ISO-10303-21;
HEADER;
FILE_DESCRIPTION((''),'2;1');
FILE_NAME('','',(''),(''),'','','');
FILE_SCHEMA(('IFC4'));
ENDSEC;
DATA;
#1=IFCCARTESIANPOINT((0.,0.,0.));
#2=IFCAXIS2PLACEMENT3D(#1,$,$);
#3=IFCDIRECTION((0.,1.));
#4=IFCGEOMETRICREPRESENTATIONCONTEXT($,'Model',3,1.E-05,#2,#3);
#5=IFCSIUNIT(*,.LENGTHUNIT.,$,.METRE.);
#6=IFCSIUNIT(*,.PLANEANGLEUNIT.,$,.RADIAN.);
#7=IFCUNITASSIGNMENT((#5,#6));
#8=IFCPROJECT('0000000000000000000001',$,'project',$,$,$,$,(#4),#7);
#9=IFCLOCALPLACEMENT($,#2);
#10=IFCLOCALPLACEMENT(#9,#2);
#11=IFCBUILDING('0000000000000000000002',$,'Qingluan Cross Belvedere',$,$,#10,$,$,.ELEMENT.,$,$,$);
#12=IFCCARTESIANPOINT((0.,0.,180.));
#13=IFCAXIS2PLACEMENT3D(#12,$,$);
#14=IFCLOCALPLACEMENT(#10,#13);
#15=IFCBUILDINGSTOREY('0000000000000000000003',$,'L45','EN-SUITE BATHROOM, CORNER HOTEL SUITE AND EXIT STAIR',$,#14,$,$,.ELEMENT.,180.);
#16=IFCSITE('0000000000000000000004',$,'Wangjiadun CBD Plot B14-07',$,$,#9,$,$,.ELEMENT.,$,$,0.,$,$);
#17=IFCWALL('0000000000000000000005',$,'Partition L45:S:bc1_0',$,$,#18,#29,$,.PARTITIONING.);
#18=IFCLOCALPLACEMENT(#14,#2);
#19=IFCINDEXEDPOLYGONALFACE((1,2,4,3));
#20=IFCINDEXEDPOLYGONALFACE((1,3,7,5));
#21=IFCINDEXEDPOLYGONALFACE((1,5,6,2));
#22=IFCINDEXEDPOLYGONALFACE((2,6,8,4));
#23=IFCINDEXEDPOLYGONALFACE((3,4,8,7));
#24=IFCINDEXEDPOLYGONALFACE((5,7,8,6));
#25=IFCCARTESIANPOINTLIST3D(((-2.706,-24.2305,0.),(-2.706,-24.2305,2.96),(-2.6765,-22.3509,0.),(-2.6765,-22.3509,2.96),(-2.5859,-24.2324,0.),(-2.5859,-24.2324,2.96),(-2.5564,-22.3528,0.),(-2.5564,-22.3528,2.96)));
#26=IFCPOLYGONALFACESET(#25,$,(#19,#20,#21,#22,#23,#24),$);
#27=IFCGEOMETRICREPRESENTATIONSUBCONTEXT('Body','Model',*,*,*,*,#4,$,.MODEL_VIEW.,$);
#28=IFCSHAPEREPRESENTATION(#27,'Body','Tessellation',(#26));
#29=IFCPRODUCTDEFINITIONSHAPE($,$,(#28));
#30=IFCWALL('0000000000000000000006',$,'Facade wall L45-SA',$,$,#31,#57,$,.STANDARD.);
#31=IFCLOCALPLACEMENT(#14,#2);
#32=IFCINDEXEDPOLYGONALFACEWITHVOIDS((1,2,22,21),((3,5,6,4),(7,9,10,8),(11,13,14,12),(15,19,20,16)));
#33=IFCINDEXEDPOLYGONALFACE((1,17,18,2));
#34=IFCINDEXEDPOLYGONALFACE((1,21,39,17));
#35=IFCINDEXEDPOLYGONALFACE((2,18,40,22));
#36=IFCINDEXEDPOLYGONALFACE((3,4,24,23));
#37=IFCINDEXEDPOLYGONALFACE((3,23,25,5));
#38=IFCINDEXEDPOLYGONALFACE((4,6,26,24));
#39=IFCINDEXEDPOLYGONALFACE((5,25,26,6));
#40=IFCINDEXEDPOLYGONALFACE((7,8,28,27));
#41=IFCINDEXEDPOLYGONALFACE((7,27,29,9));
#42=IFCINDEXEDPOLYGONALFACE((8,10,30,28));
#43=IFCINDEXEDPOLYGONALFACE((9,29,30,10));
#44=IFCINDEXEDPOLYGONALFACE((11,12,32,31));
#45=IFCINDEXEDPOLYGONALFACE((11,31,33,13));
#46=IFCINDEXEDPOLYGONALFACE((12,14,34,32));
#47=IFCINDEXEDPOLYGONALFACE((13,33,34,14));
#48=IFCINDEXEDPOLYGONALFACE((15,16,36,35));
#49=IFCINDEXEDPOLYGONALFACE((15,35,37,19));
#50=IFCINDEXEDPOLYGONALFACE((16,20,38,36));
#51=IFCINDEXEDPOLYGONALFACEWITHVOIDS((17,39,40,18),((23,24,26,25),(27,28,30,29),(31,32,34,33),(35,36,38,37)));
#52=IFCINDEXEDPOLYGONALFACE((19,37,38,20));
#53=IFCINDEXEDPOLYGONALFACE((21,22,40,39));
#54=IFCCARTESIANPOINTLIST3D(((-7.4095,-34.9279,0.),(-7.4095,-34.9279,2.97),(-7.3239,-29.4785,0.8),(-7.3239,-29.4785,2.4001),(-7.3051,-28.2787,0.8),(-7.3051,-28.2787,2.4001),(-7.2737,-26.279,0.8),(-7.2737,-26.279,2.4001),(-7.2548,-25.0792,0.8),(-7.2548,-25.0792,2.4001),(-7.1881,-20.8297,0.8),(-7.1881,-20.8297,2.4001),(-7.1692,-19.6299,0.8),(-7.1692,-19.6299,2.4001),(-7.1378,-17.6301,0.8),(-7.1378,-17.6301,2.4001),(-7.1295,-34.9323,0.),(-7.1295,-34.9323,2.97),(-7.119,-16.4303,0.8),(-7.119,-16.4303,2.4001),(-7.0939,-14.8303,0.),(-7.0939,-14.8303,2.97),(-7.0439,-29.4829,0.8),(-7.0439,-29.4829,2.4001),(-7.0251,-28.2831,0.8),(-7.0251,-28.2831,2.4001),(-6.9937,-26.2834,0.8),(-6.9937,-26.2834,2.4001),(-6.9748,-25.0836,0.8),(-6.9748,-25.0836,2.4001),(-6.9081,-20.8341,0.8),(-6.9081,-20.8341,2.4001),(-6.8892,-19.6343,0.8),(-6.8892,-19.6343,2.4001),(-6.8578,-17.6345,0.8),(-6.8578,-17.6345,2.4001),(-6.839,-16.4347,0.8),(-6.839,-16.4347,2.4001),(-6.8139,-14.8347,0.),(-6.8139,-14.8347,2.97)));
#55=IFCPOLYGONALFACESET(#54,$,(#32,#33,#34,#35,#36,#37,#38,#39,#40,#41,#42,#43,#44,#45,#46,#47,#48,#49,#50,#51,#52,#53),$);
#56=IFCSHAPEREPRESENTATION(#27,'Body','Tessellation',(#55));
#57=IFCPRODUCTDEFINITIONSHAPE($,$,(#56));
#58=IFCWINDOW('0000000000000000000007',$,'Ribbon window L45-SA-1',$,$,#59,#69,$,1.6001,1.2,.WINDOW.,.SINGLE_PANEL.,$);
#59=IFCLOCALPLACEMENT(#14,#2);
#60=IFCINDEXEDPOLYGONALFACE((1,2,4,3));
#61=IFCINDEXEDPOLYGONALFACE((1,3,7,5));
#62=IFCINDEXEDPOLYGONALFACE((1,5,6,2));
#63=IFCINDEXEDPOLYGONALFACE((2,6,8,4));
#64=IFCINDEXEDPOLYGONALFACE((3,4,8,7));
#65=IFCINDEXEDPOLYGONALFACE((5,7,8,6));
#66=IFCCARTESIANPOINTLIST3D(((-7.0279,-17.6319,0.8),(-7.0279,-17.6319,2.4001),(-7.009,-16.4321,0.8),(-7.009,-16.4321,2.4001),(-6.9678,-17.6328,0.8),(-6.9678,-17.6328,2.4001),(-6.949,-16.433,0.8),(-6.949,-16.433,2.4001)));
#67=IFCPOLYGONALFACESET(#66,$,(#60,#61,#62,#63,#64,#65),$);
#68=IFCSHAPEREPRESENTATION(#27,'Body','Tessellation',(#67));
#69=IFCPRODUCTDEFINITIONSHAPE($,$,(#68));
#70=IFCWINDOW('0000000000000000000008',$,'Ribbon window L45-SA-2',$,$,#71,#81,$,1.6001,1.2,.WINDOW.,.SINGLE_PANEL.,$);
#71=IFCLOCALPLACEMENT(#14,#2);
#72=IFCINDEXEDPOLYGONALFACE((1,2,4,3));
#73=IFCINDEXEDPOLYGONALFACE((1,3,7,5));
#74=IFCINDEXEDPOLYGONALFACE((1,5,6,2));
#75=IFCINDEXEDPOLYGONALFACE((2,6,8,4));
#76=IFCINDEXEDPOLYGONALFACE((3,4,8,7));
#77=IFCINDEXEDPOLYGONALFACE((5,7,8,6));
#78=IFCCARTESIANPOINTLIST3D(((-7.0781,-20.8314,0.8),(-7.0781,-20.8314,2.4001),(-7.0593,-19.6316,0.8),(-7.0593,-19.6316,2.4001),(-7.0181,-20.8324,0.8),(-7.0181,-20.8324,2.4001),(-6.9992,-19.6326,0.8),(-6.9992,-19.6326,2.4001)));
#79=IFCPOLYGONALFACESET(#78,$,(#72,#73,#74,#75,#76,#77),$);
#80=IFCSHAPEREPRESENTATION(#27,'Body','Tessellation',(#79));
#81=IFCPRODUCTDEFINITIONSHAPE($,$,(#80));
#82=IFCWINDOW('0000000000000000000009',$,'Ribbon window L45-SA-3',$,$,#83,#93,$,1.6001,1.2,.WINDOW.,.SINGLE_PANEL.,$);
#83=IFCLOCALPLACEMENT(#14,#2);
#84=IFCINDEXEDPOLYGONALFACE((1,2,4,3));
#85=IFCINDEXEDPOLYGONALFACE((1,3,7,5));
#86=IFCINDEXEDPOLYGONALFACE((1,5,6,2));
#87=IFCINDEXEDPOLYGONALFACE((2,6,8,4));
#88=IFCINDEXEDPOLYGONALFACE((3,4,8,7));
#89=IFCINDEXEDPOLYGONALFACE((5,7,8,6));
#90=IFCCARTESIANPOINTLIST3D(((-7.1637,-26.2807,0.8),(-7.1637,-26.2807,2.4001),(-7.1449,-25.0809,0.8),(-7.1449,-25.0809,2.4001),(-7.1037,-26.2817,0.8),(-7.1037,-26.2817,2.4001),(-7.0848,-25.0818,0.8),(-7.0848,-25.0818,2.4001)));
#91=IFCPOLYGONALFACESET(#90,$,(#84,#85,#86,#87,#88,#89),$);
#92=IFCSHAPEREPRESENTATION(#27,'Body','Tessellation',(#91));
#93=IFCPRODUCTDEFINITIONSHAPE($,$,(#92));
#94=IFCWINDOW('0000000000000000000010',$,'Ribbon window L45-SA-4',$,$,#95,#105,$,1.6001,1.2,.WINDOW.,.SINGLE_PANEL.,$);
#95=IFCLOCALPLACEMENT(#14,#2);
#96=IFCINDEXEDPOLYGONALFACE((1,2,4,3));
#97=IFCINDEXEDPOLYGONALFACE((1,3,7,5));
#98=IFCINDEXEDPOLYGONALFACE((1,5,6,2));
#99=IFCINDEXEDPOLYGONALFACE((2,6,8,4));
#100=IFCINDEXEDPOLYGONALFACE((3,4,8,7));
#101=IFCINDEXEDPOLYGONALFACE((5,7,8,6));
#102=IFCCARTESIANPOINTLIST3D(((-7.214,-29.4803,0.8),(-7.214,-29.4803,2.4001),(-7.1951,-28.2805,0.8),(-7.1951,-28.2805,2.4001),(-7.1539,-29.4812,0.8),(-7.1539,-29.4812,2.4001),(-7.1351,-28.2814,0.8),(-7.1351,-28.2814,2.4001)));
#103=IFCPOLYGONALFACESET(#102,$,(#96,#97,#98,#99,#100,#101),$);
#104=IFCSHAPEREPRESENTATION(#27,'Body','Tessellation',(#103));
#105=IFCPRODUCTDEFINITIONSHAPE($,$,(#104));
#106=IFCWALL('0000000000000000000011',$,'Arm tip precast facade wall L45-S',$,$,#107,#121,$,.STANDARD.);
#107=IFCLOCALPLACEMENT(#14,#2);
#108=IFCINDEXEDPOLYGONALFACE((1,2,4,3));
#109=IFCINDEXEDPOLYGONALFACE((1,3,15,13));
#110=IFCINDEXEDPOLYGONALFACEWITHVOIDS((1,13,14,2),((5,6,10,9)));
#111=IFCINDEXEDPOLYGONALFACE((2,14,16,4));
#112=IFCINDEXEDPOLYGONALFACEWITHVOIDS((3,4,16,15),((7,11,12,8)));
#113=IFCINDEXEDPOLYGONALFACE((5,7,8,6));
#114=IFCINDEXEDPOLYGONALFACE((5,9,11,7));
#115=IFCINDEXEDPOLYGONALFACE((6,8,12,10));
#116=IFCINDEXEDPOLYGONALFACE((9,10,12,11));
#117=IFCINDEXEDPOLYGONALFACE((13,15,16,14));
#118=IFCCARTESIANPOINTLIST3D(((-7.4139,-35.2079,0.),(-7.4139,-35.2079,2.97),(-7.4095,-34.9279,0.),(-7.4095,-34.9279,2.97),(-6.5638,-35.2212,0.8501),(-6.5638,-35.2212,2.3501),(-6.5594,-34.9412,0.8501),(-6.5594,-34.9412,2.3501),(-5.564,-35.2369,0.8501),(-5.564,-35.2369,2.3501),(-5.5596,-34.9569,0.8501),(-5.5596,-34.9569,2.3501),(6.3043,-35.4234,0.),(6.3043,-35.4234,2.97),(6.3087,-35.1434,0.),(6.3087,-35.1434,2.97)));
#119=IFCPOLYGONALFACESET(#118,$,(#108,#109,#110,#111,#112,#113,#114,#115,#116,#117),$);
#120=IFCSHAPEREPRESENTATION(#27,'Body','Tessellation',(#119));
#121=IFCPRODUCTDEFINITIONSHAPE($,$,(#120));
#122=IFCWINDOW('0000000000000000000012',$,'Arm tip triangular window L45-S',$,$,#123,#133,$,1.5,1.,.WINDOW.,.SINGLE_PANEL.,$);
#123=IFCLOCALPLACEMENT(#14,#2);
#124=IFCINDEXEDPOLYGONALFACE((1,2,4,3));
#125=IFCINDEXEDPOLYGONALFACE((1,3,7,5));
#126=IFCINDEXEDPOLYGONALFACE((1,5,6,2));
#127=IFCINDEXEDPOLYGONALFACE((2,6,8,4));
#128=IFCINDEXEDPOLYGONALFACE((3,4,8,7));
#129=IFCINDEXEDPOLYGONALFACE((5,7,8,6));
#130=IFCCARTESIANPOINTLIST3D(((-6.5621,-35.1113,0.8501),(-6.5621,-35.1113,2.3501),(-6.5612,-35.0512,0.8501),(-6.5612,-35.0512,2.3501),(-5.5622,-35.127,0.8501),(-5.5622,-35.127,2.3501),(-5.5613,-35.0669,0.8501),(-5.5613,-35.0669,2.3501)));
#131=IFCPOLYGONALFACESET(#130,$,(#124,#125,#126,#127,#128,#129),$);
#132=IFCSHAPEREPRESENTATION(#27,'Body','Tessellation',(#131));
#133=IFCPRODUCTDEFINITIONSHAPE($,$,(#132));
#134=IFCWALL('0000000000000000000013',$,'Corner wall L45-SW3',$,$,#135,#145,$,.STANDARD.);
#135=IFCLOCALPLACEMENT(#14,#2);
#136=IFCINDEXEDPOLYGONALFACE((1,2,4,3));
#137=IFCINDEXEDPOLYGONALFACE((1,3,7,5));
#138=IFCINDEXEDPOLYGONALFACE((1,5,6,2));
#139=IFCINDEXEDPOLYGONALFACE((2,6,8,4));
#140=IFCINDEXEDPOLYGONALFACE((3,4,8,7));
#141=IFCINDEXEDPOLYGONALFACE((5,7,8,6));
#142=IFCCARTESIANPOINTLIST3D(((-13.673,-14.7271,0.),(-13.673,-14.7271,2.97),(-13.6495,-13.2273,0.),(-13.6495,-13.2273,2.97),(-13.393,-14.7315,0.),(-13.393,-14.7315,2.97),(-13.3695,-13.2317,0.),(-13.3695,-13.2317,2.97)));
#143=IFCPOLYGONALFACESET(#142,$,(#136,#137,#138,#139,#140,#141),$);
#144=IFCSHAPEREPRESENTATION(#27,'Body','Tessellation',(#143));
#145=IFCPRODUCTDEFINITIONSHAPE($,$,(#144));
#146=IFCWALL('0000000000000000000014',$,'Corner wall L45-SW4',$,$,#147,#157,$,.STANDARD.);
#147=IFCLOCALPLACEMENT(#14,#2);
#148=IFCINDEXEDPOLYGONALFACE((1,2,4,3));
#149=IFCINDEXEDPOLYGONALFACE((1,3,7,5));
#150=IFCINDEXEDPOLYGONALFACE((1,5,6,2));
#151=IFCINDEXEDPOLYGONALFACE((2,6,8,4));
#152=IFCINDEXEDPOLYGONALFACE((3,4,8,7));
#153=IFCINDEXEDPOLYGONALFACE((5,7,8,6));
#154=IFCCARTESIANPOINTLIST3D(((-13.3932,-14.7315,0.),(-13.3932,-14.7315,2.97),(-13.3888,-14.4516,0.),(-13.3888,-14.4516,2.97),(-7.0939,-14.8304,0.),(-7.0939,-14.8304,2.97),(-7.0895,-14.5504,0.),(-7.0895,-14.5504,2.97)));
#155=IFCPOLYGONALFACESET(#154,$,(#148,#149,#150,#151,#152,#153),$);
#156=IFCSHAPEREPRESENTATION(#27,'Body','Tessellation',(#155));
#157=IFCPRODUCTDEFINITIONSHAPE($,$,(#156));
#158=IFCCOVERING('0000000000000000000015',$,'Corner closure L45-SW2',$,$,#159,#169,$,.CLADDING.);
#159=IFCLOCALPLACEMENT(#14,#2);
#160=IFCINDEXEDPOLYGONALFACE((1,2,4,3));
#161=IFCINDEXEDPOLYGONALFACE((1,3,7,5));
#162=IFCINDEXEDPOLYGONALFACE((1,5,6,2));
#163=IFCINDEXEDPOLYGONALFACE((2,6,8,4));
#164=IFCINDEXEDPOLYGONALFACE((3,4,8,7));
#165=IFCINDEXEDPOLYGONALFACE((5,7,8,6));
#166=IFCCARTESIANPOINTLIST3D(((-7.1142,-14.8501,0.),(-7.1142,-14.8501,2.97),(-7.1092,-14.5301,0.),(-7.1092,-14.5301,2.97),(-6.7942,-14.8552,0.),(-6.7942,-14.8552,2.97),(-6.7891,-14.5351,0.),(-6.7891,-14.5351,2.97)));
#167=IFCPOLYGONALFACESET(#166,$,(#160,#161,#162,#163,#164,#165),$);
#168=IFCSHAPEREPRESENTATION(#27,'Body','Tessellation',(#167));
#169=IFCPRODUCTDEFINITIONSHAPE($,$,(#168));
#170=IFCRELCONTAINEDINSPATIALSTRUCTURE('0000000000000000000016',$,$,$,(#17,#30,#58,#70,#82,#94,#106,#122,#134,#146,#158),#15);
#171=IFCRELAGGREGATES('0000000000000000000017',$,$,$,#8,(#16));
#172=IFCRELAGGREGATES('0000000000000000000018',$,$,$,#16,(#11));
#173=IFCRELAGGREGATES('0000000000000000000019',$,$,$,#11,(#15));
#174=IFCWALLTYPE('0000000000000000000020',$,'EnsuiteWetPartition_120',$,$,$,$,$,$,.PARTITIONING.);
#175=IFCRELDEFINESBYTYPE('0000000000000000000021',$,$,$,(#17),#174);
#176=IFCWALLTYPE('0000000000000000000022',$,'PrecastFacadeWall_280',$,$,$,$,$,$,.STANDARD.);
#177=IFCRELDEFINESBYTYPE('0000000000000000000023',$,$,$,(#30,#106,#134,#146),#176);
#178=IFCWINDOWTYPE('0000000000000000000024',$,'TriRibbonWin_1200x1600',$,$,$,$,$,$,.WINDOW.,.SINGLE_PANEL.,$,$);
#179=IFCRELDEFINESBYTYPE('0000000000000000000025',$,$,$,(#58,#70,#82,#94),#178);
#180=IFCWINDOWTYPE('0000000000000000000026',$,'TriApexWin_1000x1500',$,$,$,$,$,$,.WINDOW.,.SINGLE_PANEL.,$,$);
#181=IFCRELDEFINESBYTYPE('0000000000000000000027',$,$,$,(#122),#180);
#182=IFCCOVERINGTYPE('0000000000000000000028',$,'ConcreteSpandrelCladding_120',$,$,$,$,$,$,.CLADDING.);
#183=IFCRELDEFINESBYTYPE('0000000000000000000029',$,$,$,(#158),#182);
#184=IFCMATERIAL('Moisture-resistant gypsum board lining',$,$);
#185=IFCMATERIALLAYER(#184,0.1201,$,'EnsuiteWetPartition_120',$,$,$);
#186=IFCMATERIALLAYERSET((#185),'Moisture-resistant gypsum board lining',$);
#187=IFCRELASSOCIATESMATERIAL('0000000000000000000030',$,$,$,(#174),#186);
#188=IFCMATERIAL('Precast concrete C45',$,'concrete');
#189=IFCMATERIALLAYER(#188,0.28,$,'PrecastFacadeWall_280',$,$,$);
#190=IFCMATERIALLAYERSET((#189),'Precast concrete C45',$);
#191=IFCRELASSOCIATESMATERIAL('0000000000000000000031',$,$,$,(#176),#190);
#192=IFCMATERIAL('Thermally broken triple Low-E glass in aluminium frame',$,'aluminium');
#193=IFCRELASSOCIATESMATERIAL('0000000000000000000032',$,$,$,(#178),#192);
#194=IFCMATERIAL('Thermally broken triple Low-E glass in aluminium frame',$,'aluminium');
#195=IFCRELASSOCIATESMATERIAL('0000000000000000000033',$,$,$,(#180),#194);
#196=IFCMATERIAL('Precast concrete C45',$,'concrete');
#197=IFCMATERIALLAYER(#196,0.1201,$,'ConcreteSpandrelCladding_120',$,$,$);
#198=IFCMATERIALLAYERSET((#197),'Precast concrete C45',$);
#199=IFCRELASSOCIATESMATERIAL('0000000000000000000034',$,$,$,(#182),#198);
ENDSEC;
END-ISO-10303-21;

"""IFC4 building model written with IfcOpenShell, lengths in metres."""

from ifc_helpers import new_model, si_unit, direction, frame, frame_2d, origin, origin_2d, place, context, subcontext, project, spatial, rectangle, extrude, material, layer, layer_set, type_object, element, fill, save


model = new_model("IFC4")

# Units and contexts
model_context = context("Model", 3, precision=1e-05, world=origin(), true_north=direction((0.0, 1.0)))
body_context = subcontext(model_context, "Body", "Model", "MODEL_VIEW")
ifc_project = project(units=[si_unit("LENGTHUNIT", "METRE"), si_unit("PLANEANGLEUNIT", "RADIAN")], contexts=[model_context])

# Site, building, storey
site_placement = place(None, origin())
site = spatial("IfcSite", under=ifc_project, at=site_placement, Name="Wangjiadun CBD Plot B14-07", CompositionType="ELEMENT", RefElevation=0.0)
building_placement = place(site_placement, origin())
building = spatial("IfcBuilding", under=site, at=building_placement, Name="Qingluan Cross Belvedere", CompositionType="ELEMENT")
storey_placement = place(building_placement, frame((0.0, 0.0, 180.0)))
storey = spatial("IfcBuildingStorey", under=building, at=storey_placement, Name="L45", Description="EN-SUITE BATHROOM, CORNER HOTEL SUITE AND EXIT STAIR", CompositionType="ELEMENT", Elevation=180.0)

# Wall
ifc_material_1 = material(Name="Moisture-resistant gypsum board lining")
ifc_layer_1 = layer(ifc_material_1, 0.1201, Name="EnsuiteWetPartition_120")
ifc_layer_set_1 = layer_set([ifc_layer_1], Name="Moisture-resistant gypsum board lining")
wall_type_1 = type_object("IfcWallType", Name="EnsuiteWetPartition_120", PredefinedType="PARTITIONING", material=ifc_layer_set_1)
wall_1_placement = place(storey_placement, frame((-2.6165, -22.3518, 0.0), z_axis=(0.0, 0.0, 1.0), x_axis=(-0.015714, -0.999877, 0.0)))
element("IfcWall", 1, at=wall_1_placement, inside=storey, type_object=wall_type_1, Name="Partition L45:S:bc1_0", PredefinedType="PARTITIONING", context=body_context, shape_type="SweptSolid", body=[
    extrude(rectangle(XDim=1.8799, YDim=0.1201, at=frame_2d((0.9399, 0.0))), origin(), (0.0, 0.0, 1.0), 2.96),
])

# Wall, openings, windows
ifc_material_2 = material(Name="Precast concrete C45", Category="concrete")
ifc_layer_2 = layer(ifc_material_2, 0.28, Name="PrecastFacadeWall_280")
ifc_layer_set_2 = layer_set([ifc_layer_2], Name="Precast concrete C45")
wall_type_2 = type_object("IfcWallType", Name="PrecastFacadeWall_280", PredefinedType="STANDARD", material=ifc_layer_set_2)
wall_2_placement = place(storey_placement, frame((-6.9539, -14.8325, 0.0), z_axis=(0.0, 0.0, 1.0), x_axis=(-0.015705, -0.999877, 0.0)))
wall_2 = element("IfcWall", 2, at=wall_2_placement, inside=storey, type_object=wall_type_2, Name="Facade wall L45-SA", PredefinedType="STANDARD", context=body_context, shape_type="SweptSolid", body=[
    extrude(rectangle(XDim=20.1001, YDim=0.28, at=frame_2d((10.05, 0.0))), origin(), (0.0, 0.0, 1.0), 2.97),
])
opening_1_placement = place(wall_2_placement, frame((1.6001, 0.0, 0.8)))
opening_1 = element("IfcOpeningElement", 3, at=opening_1_placement, cuts=wall_2, PredefinedType="OPENING", context=body_context, shape_type="SweptSolid", body=[
    extrude(rectangle(XDim=1.2, YDim=1.6001, at=frame_2d((0.6001, 0.8))), frame((0.0, 0.1499, 0.0), z_axis=(0.0, -1.0, 0.0), x_axis=(1.0, 0.0, 0.0)), (0.0, 0.0, 1.0), 0.3),
])
opening_2_placement = place(wall_2_placement, frame((4.8, 0.0, 0.8)))
opening_2 = element("IfcOpeningElement", 4, at=opening_2_placement, cuts=wall_2, PredefinedType="OPENING", context=body_context, shape_type="SweptSolid", body=[
    extrude(rectangle(XDim=1.2, YDim=1.6001, at=frame_2d((0.6001, 0.8))), frame((0.0, 0.1499, 0.0), z_axis=(0.0, -1.0, 0.0), x_axis=(1.0, 0.0, 0.0)), (0.0, 0.0, 1.0), 0.3),
])
opening_3_placement = place(wall_2_placement, frame((10.25, 0.0, 0.8)))
opening_3 = element("IfcOpeningElement", 5, at=opening_3_placement, cuts=wall_2, PredefinedType="OPENING", context=body_context, shape_type="SweptSolid", body=[
    extrude(rectangle(XDim=1.2, YDim=1.6001, at=frame_2d((0.6001, 0.8))), frame((0.0, 0.1499, 0.0), z_axis=(0.0, -1.0, 0.0), x_axis=(1.0, 0.0, 0.0)), (0.0, 0.0, 1.0), 0.3),
])
opening_4_placement = place(wall_2_placement, frame((13.45, 0.0, 0.8)))
opening_4 = element("IfcOpeningElement", 6, at=opening_4_placement, cuts=wall_2, PredefinedType="OPENING", context=body_context, shape_type="SweptSolid", body=[
    extrude(rectangle(XDim=1.2, YDim=1.6001, at=frame_2d((0.6001, 0.8))), frame((0.0, 0.1499, 0.0), z_axis=(0.0, -1.0, 0.0), x_axis=(1.0, 0.0, 0.0)), (0.0, 0.0, 1.0), 0.3),
])
ifc_material_3 = material(Name="Thermally broken triple Low-E glass in aluminium frame", Category="aluminium")
window_type_1 = type_object("IfcWindowType", Name="TriRibbonWin_1200x1600", PartitioningType="SINGLE_PANEL", PredefinedType="WINDOW", material=ifc_material_3)
window_1_placement = place(opening_1_placement, origin())
window_1 = element("IfcWindow", 7, at=window_1_placement, inside=storey, type_object=window_type_1, Name="Ribbon window L45-SA-1", OverallHeight=1.6001, OverallWidth=1.2, PartitioningType="SINGLE_PANEL", PredefinedType="WINDOW", context=body_context, shape_type="SweptSolid", body=[
    extrude(rectangle(XDim=1.2, YDim=1.6001, at=frame_2d((0.6001, 0.8))), frame((0.0, 0.03, 0.0), z_axis=(0.0, -1.0, 0.0), x_axis=(1.0, 0.0, 0.0)), (0.0, 0.0, 1.0), 0.0601),
])
fill(opening_1, window_1)
window_2_placement = place(opening_2_placement, origin())
window_2 = element("IfcWindow", 8, at=window_2_placement, inside=storey, type_object=window_type_1, Name="Ribbon window L45-SA-2", OverallHeight=1.6001, OverallWidth=1.2, PartitioningType="SINGLE_PANEL", PredefinedType="WINDOW", context=body_context, shape_type="SweptSolid", body=[
    extrude(rectangle(XDim=1.2, YDim=1.6001, at=frame_2d((0.6001, 0.8))), frame((0.0, 0.03, 0.0), z_axis=(0.0, -1.0, 0.0), x_axis=(1.0, 0.0, 0.0)), (0.0, 0.0, 1.0), 0.0601),
])
fill(opening_2, window_2)
window_3_placement = place(opening_3_placement, origin())
window_3 = element("IfcWindow", 9, at=window_3_placement, inside=storey, type_object=window_type_1, Name="Ribbon window L45-SA-3", OverallHeight=1.6001, OverallWidth=1.2, PartitioningType="SINGLE_PANEL", PredefinedType="WINDOW", context=body_context, shape_type="SweptSolid", body=[
    extrude(rectangle(XDim=1.2, YDim=1.6001, at=frame_2d((0.6001, 0.8))), frame((0.0, 0.03, 0.0), z_axis=(0.0, -1.0, 0.0), x_axis=(1.0, 0.0, 0.0)), (0.0, 0.0, 1.0), 0.0601),
])
fill(opening_3, window_3)
window_4_placement = place(opening_4_placement, origin())
window_4 = element("IfcWindow", 10, at=window_4_placement, inside=storey, type_object=window_type_1, Name="Ribbon window L45-SA-4", OverallHeight=1.6001, OverallWidth=1.2, PartitioningType="SINGLE_PANEL", PredefinedType="WINDOW", context=body_context, shape_type="SweptSolid", body=[
    extrude(rectangle(XDim=1.2, YDim=1.6001, at=frame_2d((0.6001, 0.8))), frame((0.0, 0.03, 0.0), z_axis=(0.0, -1.0, 0.0), x_axis=(1.0, 0.0, 0.0)), (0.0, 0.0, 1.0), 0.0601),
])
fill(opening_4, window_4)

# Wall, opening, window
wall_3_placement = place(storey_placement, frame((-7.4116, -35.0679, 0.0), z_axis=(0.0, 0.0, 1.0), x_axis=(0.999877, -0.015713, 0.0)))
wall_3 = element("IfcWall", 11, at=wall_3_placement, inside=storey, type_object=wall_type_2, Name="Arm tip precast facade wall L45-S", PredefinedType="STANDARD", context=body_context, shape_type="SweptSolid", body=[
    extrude(rectangle(XDim=13.72, YDim=0.28, at=frame_2d((6.8599, 0.0))), origin(), (0.0, 0.0, 1.0), 2.97),
])
opening_5_placement = place(wall_3_placement, frame((0.8501, 0.0, 0.8501)))
opening_5 = element("IfcOpeningElement", 12, at=opening_5_placement, cuts=wall_3, PredefinedType="OPENING", context=body_context, shape_type="SweptSolid", body=[
    extrude(rectangle(XDim=1.0, YDim=1.5, at=frame_2d((0.5, 0.75))), frame((0.0, 0.1499, 0.0), z_axis=(0.0, -1.0, 0.0), x_axis=(1.0, 0.0, 0.0)), (0.0, 0.0, 1.0), 0.3),
])
ifc_material_4 = material(Name="Thermally broken triple Low-E glass in aluminium frame", Category="aluminium")
window_type_2 = type_object("IfcWindowType", Name="TriApexWin_1000x1500", PartitioningType="SINGLE_PANEL", PredefinedType="WINDOW", material=ifc_material_4)
window_5_placement = place(opening_5_placement, origin())
window_5 = element("IfcWindow", 13, at=window_5_placement, inside=storey, type_object=window_type_2, Name="Arm tip triangular window L45-S", OverallHeight=1.5, OverallWidth=1.0, PartitioningType="SINGLE_PANEL", PredefinedType="WINDOW", context=body_context, shape_type="SweptSolid", body=[
    extrude(rectangle(XDim=1.0, YDim=1.5, at=frame_2d((0.5, 0.75))), frame((0.0, 0.03, 0.0), z_axis=(0.0, -1.0, 0.0), x_axis=(1.0, 0.0, 0.0)), (0.0, 0.0, 1.0), 0.0601),
])
fill(opening_5, window_5)

# Walls
wall_4_placement = place(storey_placement, frame((-13.5095, -13.2295, 0.0), z_axis=(0.0, 0.0, 1.0), x_axis=(-0.015626, -0.999878, 0.0)))
element("IfcWall", 14, at=wall_4_placement, inside=storey, type_object=wall_type_2, Name="Corner wall L45-SW3", PredefinedType="STANDARD", context=body_context, shape_type="SweptSolid", body=[
    extrude(rectangle(XDim=1.5, YDim=0.28, at=frame_2d((0.75, 0.0))), origin(), (0.0, 0.0, 1.0), 2.97),
])
wall_5_placement = place(storey_placement, frame((-13.3909, -14.5916, 0.0), z_axis=(0.0, 0.0, 1.0), x_axis=(0.999877, -0.015695, 0.0)))
element("IfcWall", 15, at=wall_5_placement, inside=storey, type_object=wall_type_2, Name="Corner wall L45-SW4", PredefinedType="STANDARD", context=body_context, shape_type="SweptSolid", body=[
    extrude(rectangle(XDim=6.3, YDim=0.28, at=frame_2d((3.1499, 0.0))), origin(), (0.0, 0.0, 1.0), 2.97),
])

# Covering
ifc_material_5 = material(Name="Precast concrete C45", Category="concrete")
ifc_layer_3 = layer(ifc_material_5, 0.1201, Name="ConcreteSpandrelCladding_120")
ifc_layer_set_3 = layer_set([ifc_layer_3], Name="Precast concrete C45")
covering_type = type_object("IfcCoveringType", Name="ConcreteSpandrelCladding_120", PredefinedType="CLADDING", material=ifc_layer_set_3)
covering_placement = place(storey_placement, frame((-6.9517, -14.6926, 0.0), z_axis=(0.0, 0.0, 1.0), x_axis=(0.999877, -0.015707, 0.0)))
element("IfcCovering", 16, at=covering_placement, inside=storey, type_object=covering_type, Name="Corner closure L45-SW2", PredefinedType="CLADDING", context=body_context, shape_type="SweptSolid", body=[
    extrude(rectangle(XDim=0.3201, YDim=0.3201, at=origin_2d()), origin(), (0.0, 0.0, 1.0), 2.97),
])

save(model, "model.ifc")
